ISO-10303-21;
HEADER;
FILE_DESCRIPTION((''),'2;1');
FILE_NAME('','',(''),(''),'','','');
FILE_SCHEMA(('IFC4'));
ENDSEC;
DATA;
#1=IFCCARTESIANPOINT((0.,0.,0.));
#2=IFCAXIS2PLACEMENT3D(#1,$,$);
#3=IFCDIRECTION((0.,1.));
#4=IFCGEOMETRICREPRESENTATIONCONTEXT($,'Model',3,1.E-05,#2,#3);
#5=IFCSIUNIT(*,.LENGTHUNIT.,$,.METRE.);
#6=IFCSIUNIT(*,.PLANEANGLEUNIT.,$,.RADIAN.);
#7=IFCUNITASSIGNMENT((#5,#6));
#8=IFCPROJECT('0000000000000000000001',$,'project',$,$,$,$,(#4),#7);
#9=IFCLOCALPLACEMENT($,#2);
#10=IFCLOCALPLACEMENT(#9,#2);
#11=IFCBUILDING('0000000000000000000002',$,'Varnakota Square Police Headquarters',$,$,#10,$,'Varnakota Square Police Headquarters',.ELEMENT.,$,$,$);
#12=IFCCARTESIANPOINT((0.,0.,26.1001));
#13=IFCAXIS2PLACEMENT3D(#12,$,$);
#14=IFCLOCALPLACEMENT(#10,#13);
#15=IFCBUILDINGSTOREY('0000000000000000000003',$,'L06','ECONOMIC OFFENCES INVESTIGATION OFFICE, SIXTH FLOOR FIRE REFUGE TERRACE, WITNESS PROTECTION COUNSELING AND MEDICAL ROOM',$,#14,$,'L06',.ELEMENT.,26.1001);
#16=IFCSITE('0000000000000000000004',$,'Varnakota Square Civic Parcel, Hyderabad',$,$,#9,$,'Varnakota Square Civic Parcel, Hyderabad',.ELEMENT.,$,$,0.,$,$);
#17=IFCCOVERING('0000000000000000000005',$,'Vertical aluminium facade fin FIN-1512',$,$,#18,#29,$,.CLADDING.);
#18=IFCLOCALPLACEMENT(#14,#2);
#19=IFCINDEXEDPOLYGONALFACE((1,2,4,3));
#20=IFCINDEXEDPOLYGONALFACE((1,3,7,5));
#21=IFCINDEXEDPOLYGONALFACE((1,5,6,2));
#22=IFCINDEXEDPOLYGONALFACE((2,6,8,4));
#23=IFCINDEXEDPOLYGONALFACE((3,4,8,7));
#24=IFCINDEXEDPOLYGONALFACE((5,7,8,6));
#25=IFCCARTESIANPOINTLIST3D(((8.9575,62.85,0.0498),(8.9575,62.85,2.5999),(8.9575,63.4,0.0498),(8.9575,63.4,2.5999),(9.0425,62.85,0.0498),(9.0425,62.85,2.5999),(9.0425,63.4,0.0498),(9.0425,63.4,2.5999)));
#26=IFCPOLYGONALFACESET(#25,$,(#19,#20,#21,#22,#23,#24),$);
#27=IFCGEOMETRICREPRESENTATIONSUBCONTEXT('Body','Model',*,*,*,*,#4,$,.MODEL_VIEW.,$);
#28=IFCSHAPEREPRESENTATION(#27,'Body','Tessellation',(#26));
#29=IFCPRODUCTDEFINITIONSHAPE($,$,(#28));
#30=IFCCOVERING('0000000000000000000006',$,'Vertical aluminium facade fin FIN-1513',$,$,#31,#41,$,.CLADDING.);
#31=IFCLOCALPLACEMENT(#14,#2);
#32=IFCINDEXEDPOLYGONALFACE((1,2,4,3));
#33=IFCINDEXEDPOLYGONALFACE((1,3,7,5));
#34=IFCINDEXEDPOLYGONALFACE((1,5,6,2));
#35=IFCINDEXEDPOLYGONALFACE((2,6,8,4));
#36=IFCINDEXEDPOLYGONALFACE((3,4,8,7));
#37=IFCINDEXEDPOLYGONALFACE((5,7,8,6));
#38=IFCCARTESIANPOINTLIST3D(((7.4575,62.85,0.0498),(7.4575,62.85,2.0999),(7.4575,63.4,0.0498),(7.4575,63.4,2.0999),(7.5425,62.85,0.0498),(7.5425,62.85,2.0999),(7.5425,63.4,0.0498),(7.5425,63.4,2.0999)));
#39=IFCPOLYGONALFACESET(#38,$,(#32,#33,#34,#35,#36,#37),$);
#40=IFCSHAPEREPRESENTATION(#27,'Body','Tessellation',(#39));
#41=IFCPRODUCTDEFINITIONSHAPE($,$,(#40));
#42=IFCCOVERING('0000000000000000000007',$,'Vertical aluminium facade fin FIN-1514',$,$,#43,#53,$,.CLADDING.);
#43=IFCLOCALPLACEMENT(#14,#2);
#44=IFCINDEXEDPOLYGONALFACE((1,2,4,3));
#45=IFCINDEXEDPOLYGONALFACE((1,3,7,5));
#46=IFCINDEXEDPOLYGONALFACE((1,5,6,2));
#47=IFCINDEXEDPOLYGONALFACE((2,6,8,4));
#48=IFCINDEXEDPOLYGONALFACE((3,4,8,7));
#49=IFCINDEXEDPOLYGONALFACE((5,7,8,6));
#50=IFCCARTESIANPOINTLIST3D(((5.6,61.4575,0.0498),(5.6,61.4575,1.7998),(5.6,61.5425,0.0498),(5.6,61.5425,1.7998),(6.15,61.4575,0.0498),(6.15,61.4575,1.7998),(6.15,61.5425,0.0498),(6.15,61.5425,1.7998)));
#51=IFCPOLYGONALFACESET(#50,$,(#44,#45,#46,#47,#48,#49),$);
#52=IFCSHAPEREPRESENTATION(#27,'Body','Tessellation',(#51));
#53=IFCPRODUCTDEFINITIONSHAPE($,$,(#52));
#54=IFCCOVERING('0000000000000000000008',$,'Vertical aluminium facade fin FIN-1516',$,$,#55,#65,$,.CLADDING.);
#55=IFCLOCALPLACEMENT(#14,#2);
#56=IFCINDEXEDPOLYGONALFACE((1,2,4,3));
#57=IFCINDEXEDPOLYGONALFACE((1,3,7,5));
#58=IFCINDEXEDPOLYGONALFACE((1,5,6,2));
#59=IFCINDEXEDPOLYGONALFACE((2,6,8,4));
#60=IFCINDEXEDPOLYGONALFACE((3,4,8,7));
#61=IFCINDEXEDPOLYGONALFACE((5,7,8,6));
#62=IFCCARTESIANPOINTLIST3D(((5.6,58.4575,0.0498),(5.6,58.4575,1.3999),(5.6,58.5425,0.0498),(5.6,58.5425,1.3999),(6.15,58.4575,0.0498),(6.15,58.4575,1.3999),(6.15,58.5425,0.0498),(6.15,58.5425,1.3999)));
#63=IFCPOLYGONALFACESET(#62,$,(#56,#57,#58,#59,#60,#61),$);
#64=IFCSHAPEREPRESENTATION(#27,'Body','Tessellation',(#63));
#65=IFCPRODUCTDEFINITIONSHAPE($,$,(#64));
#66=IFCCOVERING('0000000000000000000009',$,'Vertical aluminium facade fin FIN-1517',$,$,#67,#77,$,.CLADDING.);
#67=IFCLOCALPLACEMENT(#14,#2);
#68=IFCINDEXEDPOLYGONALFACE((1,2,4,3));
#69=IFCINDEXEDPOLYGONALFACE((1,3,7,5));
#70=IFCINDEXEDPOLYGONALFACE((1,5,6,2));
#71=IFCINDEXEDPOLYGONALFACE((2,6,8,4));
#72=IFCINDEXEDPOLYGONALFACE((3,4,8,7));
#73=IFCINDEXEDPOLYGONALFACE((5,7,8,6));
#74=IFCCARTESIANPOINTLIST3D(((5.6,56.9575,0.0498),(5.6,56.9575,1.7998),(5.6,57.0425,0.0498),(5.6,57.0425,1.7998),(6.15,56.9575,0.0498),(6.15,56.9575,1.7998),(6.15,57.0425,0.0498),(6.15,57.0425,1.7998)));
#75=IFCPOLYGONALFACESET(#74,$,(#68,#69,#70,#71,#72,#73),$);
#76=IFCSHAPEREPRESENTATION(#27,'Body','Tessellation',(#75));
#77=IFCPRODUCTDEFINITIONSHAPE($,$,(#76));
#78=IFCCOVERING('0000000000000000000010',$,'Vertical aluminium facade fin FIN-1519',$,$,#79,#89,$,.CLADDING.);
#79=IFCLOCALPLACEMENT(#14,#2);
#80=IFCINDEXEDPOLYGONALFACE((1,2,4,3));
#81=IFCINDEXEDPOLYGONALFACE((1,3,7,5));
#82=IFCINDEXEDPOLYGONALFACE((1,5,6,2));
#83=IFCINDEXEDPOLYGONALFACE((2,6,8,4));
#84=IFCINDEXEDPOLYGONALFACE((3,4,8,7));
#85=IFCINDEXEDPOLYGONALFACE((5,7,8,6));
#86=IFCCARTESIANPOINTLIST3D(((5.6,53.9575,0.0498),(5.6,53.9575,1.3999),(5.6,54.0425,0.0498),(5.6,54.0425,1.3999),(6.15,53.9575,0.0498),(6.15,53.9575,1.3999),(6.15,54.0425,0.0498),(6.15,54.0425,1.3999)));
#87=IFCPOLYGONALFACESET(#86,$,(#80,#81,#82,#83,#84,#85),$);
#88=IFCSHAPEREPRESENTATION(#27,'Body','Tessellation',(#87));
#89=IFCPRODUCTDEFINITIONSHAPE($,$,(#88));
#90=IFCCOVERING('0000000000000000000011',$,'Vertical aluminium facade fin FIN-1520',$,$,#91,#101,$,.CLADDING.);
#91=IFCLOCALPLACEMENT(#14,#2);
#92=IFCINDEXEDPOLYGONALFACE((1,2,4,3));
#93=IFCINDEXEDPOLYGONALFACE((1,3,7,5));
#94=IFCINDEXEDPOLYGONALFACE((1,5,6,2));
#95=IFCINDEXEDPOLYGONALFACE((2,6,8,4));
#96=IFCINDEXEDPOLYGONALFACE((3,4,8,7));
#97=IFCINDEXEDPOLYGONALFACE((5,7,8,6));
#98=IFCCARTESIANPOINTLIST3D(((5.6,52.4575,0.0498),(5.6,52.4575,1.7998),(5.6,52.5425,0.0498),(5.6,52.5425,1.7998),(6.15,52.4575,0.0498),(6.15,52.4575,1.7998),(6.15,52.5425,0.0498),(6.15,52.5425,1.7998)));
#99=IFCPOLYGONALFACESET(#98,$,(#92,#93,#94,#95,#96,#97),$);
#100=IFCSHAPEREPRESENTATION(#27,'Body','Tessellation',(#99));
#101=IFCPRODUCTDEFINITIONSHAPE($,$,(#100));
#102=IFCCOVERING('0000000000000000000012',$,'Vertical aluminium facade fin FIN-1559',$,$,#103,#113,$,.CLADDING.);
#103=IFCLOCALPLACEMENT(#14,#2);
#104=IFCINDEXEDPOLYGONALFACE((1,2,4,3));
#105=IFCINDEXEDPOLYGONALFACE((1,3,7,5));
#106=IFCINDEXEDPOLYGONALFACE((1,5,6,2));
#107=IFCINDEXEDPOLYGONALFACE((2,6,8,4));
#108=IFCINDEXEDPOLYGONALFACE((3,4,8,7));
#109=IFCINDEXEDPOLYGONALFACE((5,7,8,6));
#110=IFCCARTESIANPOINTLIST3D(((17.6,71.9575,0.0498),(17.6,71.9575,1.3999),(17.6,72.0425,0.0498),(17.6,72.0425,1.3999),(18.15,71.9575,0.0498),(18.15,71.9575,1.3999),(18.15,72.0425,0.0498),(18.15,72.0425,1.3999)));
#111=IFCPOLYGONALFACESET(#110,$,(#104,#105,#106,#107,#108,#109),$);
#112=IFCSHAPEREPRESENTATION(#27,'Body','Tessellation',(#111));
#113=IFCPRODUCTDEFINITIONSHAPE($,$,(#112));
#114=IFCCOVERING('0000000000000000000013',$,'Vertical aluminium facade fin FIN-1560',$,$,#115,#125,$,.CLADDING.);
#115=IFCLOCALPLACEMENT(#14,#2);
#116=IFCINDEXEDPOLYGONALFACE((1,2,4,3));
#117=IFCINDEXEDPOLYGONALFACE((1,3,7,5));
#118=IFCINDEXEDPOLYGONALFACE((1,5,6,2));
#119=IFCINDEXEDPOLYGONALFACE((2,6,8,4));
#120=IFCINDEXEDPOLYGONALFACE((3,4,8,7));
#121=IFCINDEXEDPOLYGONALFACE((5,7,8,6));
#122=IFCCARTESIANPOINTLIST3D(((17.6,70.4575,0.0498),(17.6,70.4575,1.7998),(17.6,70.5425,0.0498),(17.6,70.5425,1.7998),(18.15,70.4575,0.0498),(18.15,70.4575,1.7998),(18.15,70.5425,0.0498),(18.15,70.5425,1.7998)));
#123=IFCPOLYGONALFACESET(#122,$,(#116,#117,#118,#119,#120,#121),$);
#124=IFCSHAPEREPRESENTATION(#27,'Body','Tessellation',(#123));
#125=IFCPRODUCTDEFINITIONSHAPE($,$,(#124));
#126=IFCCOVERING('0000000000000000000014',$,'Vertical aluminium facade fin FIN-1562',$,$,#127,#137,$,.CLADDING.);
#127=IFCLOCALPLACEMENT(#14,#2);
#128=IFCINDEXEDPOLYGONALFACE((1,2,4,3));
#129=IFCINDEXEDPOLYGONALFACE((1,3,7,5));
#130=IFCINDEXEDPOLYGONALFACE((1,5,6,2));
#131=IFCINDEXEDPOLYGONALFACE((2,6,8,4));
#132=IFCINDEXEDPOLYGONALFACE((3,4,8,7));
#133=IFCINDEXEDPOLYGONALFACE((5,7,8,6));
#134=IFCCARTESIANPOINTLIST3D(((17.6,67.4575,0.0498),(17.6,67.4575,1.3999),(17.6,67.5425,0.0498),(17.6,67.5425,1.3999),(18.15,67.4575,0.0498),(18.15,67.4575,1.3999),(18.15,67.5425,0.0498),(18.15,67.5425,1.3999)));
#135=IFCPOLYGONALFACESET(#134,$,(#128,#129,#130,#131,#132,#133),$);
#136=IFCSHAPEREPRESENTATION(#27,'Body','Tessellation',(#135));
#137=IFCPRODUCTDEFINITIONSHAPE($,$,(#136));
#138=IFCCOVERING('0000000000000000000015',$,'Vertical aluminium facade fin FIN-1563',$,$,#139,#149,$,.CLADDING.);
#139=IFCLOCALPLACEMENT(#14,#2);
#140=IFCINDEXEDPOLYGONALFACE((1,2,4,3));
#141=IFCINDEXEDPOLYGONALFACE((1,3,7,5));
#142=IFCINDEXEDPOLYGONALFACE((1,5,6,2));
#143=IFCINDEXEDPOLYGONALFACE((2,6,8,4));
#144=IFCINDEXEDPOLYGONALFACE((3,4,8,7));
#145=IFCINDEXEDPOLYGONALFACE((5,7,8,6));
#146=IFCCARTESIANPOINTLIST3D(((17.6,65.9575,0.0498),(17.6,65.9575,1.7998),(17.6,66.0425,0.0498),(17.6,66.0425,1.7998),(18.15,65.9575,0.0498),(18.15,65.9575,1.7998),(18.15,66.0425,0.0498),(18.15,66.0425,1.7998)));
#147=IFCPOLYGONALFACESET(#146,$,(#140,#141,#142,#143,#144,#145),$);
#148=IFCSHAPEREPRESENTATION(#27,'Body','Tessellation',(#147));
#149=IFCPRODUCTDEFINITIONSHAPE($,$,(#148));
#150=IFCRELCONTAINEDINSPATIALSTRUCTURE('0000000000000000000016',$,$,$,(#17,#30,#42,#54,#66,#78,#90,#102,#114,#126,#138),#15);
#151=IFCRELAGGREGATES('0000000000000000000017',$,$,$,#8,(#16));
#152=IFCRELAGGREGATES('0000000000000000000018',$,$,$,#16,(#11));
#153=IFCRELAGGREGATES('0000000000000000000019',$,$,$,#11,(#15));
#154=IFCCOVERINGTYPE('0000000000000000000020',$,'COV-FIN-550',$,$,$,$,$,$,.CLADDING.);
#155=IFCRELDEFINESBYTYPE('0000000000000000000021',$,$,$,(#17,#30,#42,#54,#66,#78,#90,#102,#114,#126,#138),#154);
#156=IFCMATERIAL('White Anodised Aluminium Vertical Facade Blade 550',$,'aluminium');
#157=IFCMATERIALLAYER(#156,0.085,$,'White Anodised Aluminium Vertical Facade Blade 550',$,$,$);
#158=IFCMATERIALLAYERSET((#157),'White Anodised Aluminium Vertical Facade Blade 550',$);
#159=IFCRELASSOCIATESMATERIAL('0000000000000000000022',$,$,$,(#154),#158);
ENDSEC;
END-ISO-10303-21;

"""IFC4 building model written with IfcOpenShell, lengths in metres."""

from ifc_helpers import new_model, si_unit, direction, frame, origin, origin_2d, place, context, subcontext, project, spatial, rectangle, extrude, material, layer, layer_set, type_object, element, save


model = new_model("IFC4")

# Units and contexts
model_context = context("Model", 3, precision=1e-05, world=origin(), true_north=direction((0.0, 1.0)))
body_context = subcontext(model_context, "Body", "Model", "MODEL_VIEW")
ifc_project = project(units=[si_unit("LENGTHUNIT", "METRE"), si_unit("PLANEANGLEUNIT", "RADIAN")], contexts=[model_context])

# Site, building, storey
site_placement = place(None, origin())
site = spatial("IfcSite", under=ifc_project, at=site_placement, Name="Varnakota Square Civic Parcel, Hyderabad", LongName="Varnakota Square Civic Parcel, Hyderabad", CompositionType="ELEMENT", RefElevation=0.0)
building_placement = place(site_placement, origin())
building = spatial("IfcBuilding", under=site, at=building_placement, Name="Varnakota Square Police Headquarters", LongName="Varnakota Square Police Headquarters", CompositionType="ELEMENT")
storey_placement = place(building_placement, frame((0.0, 0.0, 26.1001)))
storey = spatial("IfcBuildingStorey", under=building, at=storey_placement, Name="L06", Description="ECONOMIC OFFENCES INVESTIGATION OFFICE, SIXTH FLOOR FIRE REFUGE TERRACE, WITNESS PROTECTION COUNSELING AND MEDICAL ROOM", LongName="L06", CompositionType="ELEMENT", Elevation=26.1001)

# Coverings
ifc_material_1 = material(Name="White Anodised Aluminium Vertical Facade Blade 550", Category="aluminium")
ifc_layer_1 = layer(ifc_material_1, 0.085, Name="White Anodised Aluminium Vertical Facade Blade 550")
ifc_layer_set_1 = layer_set([ifc_layer_1], Name="White Anodised Aluminium Vertical Facade Blade 550")
covering_type_1 = type_object("IfcCoveringType", Name="COV-FIN-550", PredefinedType="CLADDING", material=ifc_layer_set_1)
covering_1_placement = place(storey_placement, frame((9.0, 63.125, 0.0498), z_axis=(0.0, 0.0, 1.0), x_axis=(-1.0, 0.0, 0.0)))
element("IfcCovering", 1, at=covering_1_placement, inside=storey, type_object=covering_type_1, Name="Vertical aluminium facade fin FIN-1512", PredefinedType="CLADDING", context=body_context, shape_type="SweptSolid", body=[
    extrude(rectangle(XDim=0.085, YDim=0.55, at=origin_2d()), origin(), (0.0, 0.0, 1.0), 2.55),
])
covering_2_placement = place(storey_placement, frame((7.5, 63.125, 0.0498), z_axis=(0.0, 0.0, 1.0), x_axis=(-1.0, 0.0, 0.0)))
element("IfcCovering", 2, at=covering_2_placement, inside=storey, type_object=covering_type_1, Name="Vertical aluminium facade fin FIN-1513", PredefinedType="CLADDING", context=body_context, shape_type="SweptSolid", body=[
    extrude(rectangle(XDim=0.085, YDim=0.55, at=origin_2d()), origin(), (0.0, 0.0, 1.0), 2.05),
])
covering_3_placement = place(storey_placement, frame((5.875, 61.5, 0.0498), z_axis=(0.0, 0.0, 1.0), x_axis=(0.0, -1.0, 0.0)))
element("IfcCovering", 3, at=covering_3_placement, inside=storey, type_object=covering_type_1, Name="Vertical aluminium facade fin FIN-1514", PredefinedType="CLADDING", context=body_context, shape_type="SweptSolid", body=[
    extrude(rectangle(XDim=0.085, YDim=0.55, at=origin_2d()), origin(), (0.0, 0.0, 1.0), 1.75),
])
covering_4_placement = place(storey_placement, frame((5.875, 58.5, 0.0498), z_axis=(0.0, 0.0, 1.0), x_axis=(0.0, -1.0, 0.0)))
element("IfcCovering", 4, at=covering_4_placement, inside=storey, type_object=covering_type_1, Name="Vertical aluminium facade fin FIN-1516", PredefinedType="CLADDING", context=body_context, shape_type="SweptSolid", body=[
    extrude(rectangle(XDim=0.085, YDim=0.55, at=origin_2d()), origin(), (0.0, 0.0, 1.0), 1.3501),
])
covering_5_placement = place(storey_placement, frame((5.875, 57.0, 0.0498), z_axis=(0.0, 0.0, 1.0), x_axis=(0.0, -1.0, 0.0)))
element("IfcCovering", 5, at=covering_5_placement, inside=storey, type_object=covering_type_1, Name="Vertical aluminium facade fin FIN-1517", PredefinedType="CLADDING", context=body_context, shape_type="SweptSolid", body=[
    extrude(rectangle(XDim=0.085, YDim=0.55, at=origin_2d()), origin(), (0.0, 0.0, 1.0), 1.75),
])
covering_6_placement = place(storey_placement, frame((5.875, 54.0, 0.0498), z_axis=(0.0, 0.0, 1.0), x_axis=(0.0, -1.0, 0.0)))
element("IfcCovering", 6, at=covering_6_placement, inside=storey, type_object=covering_type_1, Name="Vertical aluminium facade fin FIN-1519", PredefinedType="CLADDING", context=body_context, shape_type="SweptSolid", body=[
    extrude(rectangle(XDim=0.085, YDim=0.55, at=origin_2d()), origin(), (0.0, 0.0, 1.0), 1.3501),
])
covering_7_placement = place(storey_placement, frame((5.875, 52.5, 0.0498), z_axis=(0.0, 0.0, 1.0), x_axis=(0.0, -1.0, 0.0)))
element("IfcCovering", 7, at=covering_7_placement, inside=storey, type_object=covering_type_1, Name="Vertical aluminium facade fin FIN-1520", PredefinedType="CLADDING", context=body_context, shape_type="SweptSolid", body=[
    extrude(rectangle(XDim=0.085, YDim=0.55, at=origin_2d()), origin(), (0.0, 0.0, 1.0), 1.75),
])
covering_8_placement = place(storey_placement, frame((17.875, 72.0, 0.0498), z_axis=(0.0, 0.0, 1.0), x_axis=(0.0, -1.0, 0.0)))
element("IfcCovering", 8, at=covering_8_placement, inside=storey, type_object=covering_type_1, Name="Vertical aluminium facade fin FIN-1559", PredefinedType="CLADDING", context=body_context, shape_type="SweptSolid", body=[
    extrude(rectangle(XDim=0.085, YDim=0.55, at=origin_2d()), origin(), (0.0, 0.0, 1.0), 1.3501),
])
covering_9_placement = place(storey_placement, frame((17.875, 70.5, 0.0498), z_axis=(0.0, 0.0, 1.0), x_axis=(0.0, -1.0, 0.0)))
element("IfcCovering", 9, at=covering_9_placement, inside=storey, type_object=covering_type_1, Name="Vertical aluminium facade fin FIN-1560", PredefinedType="CLADDING", context=body_context, shape_type="SweptSolid", body=[
    extrude(rectangle(XDim=0.085, YDim=0.55, at=origin_2d()), origin(), (0.0, 0.0, 1.0), 1.75),
])
covering_10_placement = place(storey_placement, frame((17.875, 67.5, 0.0498), z_axis=(0.0, 0.0, 1.0), x_axis=(0.0, -1.0, 0.0)))
element("IfcCovering", 10, at=covering_10_placement, inside=storey, type_object=covering_type_1, Name="Vertical aluminium facade fin FIN-1562", PredefinedType="CLADDING", context=body_context, shape_type="SweptSolid", body=[
    extrude(rectangle(XDim=0.085, YDim=0.55, at=origin_2d()), origin(), (0.0, 0.0, 1.0), 1.3501),
])
covering_11_placement = place(storey_placement, frame((17.875, 66.0, 0.0498), z_axis=(0.0, 0.0, 1.0), x_axis=(0.0, -1.0, 0.0)))
element("IfcCovering", 11, at=covering_11_placement, inside=storey, type_object=covering_type_1, Name="Vertical aluminium facade fin FIN-1563", PredefinedType="CLADDING", context=body_context, shape_type="SweptSolid", body=[
    extrude(rectangle(XDim=0.085, YDim=0.55, at=origin_2d()), origin(), (0.0, 0.0, 1.0), 1.75),
])

save(model, "model.ifc")
